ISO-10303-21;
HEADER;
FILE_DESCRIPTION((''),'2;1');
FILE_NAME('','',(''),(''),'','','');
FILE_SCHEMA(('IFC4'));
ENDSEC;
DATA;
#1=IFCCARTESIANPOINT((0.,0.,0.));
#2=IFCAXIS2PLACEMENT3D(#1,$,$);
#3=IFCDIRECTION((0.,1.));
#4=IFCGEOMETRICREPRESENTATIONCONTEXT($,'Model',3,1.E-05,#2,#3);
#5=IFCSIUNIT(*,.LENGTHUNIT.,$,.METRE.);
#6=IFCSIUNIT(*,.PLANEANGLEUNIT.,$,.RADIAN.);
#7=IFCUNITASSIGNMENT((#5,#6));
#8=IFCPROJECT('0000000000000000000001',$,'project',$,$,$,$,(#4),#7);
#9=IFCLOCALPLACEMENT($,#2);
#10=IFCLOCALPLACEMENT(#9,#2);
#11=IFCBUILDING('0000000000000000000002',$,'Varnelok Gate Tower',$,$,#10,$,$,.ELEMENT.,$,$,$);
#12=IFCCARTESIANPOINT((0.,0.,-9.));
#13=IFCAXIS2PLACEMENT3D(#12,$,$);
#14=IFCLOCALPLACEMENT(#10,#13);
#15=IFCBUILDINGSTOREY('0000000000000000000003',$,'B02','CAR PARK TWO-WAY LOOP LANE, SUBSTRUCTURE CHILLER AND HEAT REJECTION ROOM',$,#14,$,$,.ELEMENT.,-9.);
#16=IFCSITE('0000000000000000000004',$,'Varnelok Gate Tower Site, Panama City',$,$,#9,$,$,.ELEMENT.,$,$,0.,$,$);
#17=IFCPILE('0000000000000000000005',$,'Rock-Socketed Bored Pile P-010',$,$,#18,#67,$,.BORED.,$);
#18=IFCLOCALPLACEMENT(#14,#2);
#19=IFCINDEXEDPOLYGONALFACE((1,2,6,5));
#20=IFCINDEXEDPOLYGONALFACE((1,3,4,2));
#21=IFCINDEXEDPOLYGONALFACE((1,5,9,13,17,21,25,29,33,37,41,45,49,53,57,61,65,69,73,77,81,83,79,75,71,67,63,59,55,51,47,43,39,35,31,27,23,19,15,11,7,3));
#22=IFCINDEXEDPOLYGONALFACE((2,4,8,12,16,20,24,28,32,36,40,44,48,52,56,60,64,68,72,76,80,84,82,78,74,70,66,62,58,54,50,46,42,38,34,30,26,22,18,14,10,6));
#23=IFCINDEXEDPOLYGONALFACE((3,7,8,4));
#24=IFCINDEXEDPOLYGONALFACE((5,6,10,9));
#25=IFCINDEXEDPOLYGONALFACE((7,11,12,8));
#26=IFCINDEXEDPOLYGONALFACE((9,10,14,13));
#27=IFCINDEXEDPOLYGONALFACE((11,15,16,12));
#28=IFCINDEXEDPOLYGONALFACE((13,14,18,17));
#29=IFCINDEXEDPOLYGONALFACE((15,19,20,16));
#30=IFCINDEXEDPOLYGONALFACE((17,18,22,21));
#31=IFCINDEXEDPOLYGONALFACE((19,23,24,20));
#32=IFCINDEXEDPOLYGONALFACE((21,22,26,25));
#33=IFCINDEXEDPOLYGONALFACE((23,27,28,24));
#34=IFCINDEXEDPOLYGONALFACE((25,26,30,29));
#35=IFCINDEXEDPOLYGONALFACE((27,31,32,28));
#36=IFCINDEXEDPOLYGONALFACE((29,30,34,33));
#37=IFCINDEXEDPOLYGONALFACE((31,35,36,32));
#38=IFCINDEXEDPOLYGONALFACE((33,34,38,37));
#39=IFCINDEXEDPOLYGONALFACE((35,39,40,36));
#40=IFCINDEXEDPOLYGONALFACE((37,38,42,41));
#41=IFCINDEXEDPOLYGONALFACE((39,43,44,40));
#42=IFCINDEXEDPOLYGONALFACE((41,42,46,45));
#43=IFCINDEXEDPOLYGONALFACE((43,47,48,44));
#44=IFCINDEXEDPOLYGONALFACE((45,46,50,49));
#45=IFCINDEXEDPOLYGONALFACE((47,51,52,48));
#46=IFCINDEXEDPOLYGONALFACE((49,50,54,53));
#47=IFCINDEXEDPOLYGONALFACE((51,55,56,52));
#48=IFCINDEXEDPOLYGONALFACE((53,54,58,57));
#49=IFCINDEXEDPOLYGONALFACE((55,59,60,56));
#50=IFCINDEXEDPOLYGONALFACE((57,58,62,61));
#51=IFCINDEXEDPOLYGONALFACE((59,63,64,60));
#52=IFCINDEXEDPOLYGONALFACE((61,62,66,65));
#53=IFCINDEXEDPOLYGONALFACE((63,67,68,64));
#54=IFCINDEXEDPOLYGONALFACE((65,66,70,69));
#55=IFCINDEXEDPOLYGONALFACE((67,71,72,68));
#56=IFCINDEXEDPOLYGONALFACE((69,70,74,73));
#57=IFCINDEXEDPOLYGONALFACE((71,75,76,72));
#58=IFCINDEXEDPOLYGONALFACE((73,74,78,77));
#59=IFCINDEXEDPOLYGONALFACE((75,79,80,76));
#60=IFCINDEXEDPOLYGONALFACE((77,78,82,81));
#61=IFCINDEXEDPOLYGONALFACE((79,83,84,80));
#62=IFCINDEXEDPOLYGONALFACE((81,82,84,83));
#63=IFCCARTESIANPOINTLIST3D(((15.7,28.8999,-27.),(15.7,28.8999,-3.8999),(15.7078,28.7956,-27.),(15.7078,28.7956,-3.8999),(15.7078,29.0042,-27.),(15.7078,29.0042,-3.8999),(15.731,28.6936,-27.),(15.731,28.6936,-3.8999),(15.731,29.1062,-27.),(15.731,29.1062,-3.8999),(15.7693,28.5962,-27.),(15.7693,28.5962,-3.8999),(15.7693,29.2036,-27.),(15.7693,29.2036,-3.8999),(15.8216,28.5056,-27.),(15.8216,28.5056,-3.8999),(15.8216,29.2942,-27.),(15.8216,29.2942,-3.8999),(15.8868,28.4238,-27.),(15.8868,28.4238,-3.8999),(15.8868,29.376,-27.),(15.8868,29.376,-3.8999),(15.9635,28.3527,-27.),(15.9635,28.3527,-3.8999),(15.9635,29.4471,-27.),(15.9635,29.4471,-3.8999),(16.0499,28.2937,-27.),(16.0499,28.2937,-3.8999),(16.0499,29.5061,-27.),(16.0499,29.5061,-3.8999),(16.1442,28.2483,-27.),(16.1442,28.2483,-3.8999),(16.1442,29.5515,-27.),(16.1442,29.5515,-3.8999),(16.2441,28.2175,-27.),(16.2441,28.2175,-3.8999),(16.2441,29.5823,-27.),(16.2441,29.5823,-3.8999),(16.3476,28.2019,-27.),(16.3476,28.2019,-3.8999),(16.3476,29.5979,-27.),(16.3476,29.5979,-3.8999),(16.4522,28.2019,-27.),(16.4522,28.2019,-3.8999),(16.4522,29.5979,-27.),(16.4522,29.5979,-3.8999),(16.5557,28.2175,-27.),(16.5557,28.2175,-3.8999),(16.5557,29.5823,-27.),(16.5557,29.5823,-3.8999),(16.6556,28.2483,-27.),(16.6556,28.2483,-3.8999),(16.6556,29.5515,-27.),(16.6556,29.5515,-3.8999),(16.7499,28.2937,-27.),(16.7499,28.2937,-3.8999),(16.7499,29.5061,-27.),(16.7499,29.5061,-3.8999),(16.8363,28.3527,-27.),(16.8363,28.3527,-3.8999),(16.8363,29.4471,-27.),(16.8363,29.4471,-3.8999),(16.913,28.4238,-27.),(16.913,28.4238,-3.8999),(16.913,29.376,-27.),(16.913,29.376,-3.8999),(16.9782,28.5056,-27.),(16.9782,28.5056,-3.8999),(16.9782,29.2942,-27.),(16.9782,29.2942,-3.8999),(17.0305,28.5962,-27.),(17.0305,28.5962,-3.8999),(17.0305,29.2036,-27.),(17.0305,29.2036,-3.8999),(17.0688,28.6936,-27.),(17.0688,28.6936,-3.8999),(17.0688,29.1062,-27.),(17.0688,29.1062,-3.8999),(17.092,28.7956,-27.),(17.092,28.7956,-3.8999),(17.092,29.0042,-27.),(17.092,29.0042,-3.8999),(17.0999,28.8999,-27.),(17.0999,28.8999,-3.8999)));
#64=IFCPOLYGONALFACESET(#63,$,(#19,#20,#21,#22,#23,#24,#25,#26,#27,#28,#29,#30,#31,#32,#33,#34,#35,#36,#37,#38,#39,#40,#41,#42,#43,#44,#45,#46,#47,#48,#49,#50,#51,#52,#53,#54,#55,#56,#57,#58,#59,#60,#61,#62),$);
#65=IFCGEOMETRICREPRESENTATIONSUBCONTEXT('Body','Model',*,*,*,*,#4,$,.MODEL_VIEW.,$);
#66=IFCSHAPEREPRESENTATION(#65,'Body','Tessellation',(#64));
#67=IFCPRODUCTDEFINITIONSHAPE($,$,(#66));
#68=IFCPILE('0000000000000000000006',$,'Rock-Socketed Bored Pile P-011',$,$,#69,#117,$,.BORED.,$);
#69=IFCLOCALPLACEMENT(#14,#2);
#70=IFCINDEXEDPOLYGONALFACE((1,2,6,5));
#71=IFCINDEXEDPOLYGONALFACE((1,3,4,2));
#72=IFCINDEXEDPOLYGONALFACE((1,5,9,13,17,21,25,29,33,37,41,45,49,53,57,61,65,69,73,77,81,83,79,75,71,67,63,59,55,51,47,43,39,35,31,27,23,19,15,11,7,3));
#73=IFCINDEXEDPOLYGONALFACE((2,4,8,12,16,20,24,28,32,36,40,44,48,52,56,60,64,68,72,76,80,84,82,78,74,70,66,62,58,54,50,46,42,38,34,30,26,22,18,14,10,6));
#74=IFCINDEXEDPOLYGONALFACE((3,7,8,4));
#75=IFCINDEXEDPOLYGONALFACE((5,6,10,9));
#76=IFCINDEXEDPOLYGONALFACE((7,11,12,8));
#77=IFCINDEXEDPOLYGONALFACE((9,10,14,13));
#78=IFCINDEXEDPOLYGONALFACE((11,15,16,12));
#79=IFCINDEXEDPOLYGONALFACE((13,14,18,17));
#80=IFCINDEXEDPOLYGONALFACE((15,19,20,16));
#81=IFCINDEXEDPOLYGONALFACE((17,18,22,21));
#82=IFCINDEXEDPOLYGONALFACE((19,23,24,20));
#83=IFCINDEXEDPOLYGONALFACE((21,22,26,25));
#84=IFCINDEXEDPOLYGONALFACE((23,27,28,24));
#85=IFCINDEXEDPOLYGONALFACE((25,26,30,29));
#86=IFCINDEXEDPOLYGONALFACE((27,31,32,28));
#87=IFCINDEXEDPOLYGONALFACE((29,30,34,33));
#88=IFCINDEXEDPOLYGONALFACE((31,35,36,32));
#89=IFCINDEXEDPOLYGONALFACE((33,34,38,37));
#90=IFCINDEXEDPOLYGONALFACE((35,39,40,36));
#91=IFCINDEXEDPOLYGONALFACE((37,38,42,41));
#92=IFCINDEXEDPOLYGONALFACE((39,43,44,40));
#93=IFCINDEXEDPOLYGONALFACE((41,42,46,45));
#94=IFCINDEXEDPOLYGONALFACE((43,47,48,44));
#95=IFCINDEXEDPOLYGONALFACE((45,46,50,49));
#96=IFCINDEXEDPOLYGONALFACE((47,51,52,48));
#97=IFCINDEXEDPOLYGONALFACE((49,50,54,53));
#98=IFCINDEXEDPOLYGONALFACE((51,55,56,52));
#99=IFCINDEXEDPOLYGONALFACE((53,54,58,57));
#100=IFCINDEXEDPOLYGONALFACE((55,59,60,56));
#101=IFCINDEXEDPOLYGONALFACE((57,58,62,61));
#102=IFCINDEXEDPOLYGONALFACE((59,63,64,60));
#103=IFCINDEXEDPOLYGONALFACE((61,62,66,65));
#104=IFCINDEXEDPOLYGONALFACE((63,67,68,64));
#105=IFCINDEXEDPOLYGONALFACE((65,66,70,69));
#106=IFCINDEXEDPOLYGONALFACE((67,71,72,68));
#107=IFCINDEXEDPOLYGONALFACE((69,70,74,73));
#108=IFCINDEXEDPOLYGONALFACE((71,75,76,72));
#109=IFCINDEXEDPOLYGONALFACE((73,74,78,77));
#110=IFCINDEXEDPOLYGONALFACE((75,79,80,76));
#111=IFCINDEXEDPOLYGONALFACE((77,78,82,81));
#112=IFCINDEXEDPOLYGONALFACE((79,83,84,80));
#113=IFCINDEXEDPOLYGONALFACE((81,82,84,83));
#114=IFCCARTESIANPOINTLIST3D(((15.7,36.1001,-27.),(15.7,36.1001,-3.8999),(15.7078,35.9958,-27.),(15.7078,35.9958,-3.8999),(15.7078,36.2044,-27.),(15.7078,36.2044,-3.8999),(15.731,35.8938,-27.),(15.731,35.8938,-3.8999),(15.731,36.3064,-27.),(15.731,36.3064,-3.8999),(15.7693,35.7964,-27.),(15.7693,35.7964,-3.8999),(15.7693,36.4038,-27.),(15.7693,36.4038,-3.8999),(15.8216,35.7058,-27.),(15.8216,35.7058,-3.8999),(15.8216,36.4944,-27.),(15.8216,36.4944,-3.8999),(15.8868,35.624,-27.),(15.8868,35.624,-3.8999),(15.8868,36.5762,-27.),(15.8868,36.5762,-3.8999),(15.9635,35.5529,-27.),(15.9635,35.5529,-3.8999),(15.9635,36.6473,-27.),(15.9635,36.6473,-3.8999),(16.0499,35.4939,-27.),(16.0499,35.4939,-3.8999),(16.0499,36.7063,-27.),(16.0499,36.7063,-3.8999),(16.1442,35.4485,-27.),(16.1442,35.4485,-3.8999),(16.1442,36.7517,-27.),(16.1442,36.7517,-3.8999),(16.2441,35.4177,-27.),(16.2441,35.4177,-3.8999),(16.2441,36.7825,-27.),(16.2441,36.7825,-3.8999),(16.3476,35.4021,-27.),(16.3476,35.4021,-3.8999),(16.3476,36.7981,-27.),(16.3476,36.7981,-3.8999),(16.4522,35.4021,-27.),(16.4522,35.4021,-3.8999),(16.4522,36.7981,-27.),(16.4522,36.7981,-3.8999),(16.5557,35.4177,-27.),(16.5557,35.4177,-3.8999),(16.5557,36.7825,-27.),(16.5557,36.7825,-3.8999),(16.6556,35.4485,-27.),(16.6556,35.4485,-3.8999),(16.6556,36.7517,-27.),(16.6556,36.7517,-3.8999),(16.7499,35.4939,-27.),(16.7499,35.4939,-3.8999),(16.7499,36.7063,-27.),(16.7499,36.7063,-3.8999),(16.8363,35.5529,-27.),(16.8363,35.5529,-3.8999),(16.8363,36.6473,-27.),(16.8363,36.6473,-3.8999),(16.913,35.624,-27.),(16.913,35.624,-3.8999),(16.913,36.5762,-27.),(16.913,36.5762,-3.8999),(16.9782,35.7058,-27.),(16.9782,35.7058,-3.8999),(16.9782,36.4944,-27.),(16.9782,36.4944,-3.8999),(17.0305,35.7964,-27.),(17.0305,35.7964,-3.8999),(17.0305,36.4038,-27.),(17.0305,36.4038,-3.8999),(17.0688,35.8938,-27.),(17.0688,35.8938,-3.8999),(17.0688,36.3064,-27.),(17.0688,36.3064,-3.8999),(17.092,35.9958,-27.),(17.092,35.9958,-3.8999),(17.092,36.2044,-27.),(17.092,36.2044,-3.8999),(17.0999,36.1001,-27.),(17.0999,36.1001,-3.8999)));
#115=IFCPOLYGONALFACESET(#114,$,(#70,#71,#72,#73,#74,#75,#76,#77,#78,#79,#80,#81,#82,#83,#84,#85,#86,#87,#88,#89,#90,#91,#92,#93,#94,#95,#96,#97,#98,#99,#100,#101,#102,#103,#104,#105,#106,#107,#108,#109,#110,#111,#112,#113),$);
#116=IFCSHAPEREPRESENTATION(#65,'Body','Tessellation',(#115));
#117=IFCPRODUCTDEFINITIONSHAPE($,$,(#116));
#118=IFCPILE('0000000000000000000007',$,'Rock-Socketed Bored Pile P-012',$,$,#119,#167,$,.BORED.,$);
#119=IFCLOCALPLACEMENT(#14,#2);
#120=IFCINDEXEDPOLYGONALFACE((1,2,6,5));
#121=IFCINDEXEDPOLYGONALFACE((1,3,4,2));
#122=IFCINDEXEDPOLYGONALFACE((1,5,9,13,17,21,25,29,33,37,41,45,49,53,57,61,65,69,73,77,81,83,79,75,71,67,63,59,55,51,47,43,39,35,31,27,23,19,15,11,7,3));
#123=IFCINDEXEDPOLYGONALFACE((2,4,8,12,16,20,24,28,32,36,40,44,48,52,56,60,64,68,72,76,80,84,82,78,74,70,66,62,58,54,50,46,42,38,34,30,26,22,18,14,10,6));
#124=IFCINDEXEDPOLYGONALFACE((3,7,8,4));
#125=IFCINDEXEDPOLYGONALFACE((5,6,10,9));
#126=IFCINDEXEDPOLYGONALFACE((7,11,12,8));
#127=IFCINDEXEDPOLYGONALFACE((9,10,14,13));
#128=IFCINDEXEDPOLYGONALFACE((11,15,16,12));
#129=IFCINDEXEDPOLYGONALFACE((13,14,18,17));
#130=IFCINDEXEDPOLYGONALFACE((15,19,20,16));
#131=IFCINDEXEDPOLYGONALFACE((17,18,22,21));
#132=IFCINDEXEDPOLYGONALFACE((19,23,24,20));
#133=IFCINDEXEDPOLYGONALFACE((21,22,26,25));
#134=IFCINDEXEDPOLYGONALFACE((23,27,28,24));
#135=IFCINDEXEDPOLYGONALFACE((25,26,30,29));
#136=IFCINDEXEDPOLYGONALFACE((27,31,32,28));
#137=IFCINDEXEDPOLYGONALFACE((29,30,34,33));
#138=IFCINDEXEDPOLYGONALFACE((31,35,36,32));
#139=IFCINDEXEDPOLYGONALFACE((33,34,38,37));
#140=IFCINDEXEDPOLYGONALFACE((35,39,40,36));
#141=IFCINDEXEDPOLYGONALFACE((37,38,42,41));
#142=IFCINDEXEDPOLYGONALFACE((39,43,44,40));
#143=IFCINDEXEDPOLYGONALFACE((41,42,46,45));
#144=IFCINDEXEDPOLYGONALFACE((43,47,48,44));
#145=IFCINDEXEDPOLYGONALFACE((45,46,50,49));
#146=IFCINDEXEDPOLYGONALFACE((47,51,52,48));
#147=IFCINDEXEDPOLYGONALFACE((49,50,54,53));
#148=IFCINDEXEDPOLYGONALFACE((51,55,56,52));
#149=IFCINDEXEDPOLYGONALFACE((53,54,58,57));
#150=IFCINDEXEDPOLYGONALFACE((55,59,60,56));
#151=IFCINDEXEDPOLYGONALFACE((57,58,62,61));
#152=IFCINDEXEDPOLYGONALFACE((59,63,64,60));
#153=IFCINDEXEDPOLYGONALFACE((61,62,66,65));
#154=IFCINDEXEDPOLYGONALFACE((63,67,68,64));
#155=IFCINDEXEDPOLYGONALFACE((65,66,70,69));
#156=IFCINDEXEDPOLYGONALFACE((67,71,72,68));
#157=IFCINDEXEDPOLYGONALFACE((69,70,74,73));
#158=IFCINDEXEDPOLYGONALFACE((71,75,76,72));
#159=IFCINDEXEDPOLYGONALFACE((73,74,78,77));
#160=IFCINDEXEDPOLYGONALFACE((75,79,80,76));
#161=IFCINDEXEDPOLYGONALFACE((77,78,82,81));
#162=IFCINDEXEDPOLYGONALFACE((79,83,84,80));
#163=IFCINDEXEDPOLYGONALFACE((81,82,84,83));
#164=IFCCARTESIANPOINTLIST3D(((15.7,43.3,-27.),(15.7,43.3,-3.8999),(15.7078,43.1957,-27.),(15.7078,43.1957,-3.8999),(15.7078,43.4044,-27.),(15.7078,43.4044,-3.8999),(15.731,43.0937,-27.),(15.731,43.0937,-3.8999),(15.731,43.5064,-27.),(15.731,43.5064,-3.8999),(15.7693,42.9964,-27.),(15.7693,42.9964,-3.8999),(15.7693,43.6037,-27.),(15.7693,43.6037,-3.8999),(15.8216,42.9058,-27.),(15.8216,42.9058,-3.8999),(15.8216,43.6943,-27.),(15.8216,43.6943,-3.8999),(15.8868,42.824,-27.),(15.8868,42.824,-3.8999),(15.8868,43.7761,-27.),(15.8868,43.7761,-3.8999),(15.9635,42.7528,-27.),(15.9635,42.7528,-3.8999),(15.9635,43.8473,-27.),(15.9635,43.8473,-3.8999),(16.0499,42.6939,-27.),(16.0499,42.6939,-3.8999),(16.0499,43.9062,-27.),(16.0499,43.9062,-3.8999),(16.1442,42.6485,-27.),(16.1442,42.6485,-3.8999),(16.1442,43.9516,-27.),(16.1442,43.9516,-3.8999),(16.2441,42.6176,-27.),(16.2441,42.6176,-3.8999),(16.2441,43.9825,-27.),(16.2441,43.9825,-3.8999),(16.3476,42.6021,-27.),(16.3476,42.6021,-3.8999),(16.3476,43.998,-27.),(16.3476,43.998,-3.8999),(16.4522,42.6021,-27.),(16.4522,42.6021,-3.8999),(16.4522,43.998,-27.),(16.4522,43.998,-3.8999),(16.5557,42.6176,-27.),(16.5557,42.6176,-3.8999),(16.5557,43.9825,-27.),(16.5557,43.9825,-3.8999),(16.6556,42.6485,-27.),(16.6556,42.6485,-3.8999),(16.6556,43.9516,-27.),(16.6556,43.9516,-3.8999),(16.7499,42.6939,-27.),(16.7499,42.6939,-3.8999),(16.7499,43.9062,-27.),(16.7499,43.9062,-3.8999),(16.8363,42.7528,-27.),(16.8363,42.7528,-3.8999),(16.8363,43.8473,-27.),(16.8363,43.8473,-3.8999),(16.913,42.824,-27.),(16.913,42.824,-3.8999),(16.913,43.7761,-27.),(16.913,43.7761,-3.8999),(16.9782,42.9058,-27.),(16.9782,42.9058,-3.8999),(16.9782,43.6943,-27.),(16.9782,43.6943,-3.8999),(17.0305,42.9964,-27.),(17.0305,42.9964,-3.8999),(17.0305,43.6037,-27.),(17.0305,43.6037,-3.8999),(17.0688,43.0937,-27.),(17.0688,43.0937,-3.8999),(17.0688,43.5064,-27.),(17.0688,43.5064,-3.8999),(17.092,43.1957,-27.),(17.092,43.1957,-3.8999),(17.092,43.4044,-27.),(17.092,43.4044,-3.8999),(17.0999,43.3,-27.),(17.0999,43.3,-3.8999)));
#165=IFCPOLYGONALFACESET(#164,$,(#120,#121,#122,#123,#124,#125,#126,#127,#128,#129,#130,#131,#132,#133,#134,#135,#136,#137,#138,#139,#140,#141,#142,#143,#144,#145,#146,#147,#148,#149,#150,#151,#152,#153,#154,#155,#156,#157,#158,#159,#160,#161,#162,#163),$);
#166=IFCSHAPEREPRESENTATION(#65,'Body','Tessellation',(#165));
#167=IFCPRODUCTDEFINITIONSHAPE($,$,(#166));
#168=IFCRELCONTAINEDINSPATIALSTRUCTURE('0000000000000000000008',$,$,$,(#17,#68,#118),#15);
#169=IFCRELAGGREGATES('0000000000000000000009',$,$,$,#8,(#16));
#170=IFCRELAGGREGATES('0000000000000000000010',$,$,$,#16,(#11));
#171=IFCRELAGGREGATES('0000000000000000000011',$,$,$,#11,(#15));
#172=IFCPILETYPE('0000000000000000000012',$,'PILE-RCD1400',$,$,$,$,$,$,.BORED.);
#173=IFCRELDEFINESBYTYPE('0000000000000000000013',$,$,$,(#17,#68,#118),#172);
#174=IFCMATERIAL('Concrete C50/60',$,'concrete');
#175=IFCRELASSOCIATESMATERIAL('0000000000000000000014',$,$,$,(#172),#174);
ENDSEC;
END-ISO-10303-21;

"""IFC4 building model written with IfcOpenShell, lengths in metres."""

from ifc_helpers import new_model, si_unit, direction, frame, origin, origin_2d, place, context, subcontext, project, spatial, circle, extrude, material, material_profile, profile_set, type_object, element, save


model = new_model("IFC4")

# Units and contexts
model_context = context("Model", 3, precision=1e-05, world=origin(), true_north=direction((0.0, 1.0)))
body_context = subcontext(model_context, "Body", "Model", "MODEL_VIEW")
ifc_project = project(units=[si_unit("LENGTHUNIT", "METRE"), si_unit("PLANEANGLEUNIT", "RADIAN")], contexts=[model_context])

# Site, building, storey
site_placement = place(None, origin())
site = spatial("IfcSite", under=ifc_project, at=site_placement, Name="Varnelok Gate Tower Site, Panama City", CompositionType="ELEMENT", RefElevation=0.0)
building_placement = place(site_placement, origin())
building = spatial("IfcBuilding", under=site, at=building_placement, Name="Varnelok Gate Tower", CompositionType="ELEMENT")
storey_placement = place(building_placement, frame((0.0, 0.0, -9.0)))
storey = spatial("IfcBuildingStorey", under=building, at=storey_placement, Name="B02", Description="CAR PARK TWO-WAY LOOP LANE, SUBSTRUCTURE CHILLER AND HEAT REJECTION ROOM", CompositionType="ELEMENT", Elevation=-9.0)

# Shared definitions
ifc_material_1 = material(Name="Concrete C50/60", Category="concrete")

# Piles
ifc_material_profile_1 = material_profile(ifc_material_1, circle(Radius=0.7, at=origin_2d()), Name="RCD1400")
ifc_profile_set_1 = profile_set([ifc_material_profile_1], Name="Concrete C50/60")
pile_type = type_object("IfcPileType", Name="PILE-RCD1400", PredefinedType="BORED", material=ifc_profile_set_1)
for number, where, z_axis, x_axis, name in (
    (1, (16.3999, 28.8999, -3.8999), (0.0, 0.0, -1.0), (1.0, 0.0, 0.0), "Rock-Socketed Bored Pile P-010"),
    (2, (16.3999, 36.1001, -3.8999), (0.0, 0.0, -1.0), (1.0, 0.0, 0.0), "Rock-Socketed Bored Pile P-011"),
    (3, (16.3999, 43.3, -3.8999), (0.0, 0.0, -1.0), (1.0, 0.0, 0.0), "Rock-Socketed Bored Pile P-012"),
):
    element("IfcPile", number, at=place(storey_placement, frame(where, z_axis=z_axis, x_axis=x_axis)), inside=storey, type_object=pile_type, Name=name, PredefinedType="BORED", context=body_context, shape_type="SweptSolid", body=[
        extrude(circle(Radius=0.7, at=origin_2d()), origin(), (0.0, 0.0, 1.0), 23.1001),
    ])

save(model, "model.ifc")
